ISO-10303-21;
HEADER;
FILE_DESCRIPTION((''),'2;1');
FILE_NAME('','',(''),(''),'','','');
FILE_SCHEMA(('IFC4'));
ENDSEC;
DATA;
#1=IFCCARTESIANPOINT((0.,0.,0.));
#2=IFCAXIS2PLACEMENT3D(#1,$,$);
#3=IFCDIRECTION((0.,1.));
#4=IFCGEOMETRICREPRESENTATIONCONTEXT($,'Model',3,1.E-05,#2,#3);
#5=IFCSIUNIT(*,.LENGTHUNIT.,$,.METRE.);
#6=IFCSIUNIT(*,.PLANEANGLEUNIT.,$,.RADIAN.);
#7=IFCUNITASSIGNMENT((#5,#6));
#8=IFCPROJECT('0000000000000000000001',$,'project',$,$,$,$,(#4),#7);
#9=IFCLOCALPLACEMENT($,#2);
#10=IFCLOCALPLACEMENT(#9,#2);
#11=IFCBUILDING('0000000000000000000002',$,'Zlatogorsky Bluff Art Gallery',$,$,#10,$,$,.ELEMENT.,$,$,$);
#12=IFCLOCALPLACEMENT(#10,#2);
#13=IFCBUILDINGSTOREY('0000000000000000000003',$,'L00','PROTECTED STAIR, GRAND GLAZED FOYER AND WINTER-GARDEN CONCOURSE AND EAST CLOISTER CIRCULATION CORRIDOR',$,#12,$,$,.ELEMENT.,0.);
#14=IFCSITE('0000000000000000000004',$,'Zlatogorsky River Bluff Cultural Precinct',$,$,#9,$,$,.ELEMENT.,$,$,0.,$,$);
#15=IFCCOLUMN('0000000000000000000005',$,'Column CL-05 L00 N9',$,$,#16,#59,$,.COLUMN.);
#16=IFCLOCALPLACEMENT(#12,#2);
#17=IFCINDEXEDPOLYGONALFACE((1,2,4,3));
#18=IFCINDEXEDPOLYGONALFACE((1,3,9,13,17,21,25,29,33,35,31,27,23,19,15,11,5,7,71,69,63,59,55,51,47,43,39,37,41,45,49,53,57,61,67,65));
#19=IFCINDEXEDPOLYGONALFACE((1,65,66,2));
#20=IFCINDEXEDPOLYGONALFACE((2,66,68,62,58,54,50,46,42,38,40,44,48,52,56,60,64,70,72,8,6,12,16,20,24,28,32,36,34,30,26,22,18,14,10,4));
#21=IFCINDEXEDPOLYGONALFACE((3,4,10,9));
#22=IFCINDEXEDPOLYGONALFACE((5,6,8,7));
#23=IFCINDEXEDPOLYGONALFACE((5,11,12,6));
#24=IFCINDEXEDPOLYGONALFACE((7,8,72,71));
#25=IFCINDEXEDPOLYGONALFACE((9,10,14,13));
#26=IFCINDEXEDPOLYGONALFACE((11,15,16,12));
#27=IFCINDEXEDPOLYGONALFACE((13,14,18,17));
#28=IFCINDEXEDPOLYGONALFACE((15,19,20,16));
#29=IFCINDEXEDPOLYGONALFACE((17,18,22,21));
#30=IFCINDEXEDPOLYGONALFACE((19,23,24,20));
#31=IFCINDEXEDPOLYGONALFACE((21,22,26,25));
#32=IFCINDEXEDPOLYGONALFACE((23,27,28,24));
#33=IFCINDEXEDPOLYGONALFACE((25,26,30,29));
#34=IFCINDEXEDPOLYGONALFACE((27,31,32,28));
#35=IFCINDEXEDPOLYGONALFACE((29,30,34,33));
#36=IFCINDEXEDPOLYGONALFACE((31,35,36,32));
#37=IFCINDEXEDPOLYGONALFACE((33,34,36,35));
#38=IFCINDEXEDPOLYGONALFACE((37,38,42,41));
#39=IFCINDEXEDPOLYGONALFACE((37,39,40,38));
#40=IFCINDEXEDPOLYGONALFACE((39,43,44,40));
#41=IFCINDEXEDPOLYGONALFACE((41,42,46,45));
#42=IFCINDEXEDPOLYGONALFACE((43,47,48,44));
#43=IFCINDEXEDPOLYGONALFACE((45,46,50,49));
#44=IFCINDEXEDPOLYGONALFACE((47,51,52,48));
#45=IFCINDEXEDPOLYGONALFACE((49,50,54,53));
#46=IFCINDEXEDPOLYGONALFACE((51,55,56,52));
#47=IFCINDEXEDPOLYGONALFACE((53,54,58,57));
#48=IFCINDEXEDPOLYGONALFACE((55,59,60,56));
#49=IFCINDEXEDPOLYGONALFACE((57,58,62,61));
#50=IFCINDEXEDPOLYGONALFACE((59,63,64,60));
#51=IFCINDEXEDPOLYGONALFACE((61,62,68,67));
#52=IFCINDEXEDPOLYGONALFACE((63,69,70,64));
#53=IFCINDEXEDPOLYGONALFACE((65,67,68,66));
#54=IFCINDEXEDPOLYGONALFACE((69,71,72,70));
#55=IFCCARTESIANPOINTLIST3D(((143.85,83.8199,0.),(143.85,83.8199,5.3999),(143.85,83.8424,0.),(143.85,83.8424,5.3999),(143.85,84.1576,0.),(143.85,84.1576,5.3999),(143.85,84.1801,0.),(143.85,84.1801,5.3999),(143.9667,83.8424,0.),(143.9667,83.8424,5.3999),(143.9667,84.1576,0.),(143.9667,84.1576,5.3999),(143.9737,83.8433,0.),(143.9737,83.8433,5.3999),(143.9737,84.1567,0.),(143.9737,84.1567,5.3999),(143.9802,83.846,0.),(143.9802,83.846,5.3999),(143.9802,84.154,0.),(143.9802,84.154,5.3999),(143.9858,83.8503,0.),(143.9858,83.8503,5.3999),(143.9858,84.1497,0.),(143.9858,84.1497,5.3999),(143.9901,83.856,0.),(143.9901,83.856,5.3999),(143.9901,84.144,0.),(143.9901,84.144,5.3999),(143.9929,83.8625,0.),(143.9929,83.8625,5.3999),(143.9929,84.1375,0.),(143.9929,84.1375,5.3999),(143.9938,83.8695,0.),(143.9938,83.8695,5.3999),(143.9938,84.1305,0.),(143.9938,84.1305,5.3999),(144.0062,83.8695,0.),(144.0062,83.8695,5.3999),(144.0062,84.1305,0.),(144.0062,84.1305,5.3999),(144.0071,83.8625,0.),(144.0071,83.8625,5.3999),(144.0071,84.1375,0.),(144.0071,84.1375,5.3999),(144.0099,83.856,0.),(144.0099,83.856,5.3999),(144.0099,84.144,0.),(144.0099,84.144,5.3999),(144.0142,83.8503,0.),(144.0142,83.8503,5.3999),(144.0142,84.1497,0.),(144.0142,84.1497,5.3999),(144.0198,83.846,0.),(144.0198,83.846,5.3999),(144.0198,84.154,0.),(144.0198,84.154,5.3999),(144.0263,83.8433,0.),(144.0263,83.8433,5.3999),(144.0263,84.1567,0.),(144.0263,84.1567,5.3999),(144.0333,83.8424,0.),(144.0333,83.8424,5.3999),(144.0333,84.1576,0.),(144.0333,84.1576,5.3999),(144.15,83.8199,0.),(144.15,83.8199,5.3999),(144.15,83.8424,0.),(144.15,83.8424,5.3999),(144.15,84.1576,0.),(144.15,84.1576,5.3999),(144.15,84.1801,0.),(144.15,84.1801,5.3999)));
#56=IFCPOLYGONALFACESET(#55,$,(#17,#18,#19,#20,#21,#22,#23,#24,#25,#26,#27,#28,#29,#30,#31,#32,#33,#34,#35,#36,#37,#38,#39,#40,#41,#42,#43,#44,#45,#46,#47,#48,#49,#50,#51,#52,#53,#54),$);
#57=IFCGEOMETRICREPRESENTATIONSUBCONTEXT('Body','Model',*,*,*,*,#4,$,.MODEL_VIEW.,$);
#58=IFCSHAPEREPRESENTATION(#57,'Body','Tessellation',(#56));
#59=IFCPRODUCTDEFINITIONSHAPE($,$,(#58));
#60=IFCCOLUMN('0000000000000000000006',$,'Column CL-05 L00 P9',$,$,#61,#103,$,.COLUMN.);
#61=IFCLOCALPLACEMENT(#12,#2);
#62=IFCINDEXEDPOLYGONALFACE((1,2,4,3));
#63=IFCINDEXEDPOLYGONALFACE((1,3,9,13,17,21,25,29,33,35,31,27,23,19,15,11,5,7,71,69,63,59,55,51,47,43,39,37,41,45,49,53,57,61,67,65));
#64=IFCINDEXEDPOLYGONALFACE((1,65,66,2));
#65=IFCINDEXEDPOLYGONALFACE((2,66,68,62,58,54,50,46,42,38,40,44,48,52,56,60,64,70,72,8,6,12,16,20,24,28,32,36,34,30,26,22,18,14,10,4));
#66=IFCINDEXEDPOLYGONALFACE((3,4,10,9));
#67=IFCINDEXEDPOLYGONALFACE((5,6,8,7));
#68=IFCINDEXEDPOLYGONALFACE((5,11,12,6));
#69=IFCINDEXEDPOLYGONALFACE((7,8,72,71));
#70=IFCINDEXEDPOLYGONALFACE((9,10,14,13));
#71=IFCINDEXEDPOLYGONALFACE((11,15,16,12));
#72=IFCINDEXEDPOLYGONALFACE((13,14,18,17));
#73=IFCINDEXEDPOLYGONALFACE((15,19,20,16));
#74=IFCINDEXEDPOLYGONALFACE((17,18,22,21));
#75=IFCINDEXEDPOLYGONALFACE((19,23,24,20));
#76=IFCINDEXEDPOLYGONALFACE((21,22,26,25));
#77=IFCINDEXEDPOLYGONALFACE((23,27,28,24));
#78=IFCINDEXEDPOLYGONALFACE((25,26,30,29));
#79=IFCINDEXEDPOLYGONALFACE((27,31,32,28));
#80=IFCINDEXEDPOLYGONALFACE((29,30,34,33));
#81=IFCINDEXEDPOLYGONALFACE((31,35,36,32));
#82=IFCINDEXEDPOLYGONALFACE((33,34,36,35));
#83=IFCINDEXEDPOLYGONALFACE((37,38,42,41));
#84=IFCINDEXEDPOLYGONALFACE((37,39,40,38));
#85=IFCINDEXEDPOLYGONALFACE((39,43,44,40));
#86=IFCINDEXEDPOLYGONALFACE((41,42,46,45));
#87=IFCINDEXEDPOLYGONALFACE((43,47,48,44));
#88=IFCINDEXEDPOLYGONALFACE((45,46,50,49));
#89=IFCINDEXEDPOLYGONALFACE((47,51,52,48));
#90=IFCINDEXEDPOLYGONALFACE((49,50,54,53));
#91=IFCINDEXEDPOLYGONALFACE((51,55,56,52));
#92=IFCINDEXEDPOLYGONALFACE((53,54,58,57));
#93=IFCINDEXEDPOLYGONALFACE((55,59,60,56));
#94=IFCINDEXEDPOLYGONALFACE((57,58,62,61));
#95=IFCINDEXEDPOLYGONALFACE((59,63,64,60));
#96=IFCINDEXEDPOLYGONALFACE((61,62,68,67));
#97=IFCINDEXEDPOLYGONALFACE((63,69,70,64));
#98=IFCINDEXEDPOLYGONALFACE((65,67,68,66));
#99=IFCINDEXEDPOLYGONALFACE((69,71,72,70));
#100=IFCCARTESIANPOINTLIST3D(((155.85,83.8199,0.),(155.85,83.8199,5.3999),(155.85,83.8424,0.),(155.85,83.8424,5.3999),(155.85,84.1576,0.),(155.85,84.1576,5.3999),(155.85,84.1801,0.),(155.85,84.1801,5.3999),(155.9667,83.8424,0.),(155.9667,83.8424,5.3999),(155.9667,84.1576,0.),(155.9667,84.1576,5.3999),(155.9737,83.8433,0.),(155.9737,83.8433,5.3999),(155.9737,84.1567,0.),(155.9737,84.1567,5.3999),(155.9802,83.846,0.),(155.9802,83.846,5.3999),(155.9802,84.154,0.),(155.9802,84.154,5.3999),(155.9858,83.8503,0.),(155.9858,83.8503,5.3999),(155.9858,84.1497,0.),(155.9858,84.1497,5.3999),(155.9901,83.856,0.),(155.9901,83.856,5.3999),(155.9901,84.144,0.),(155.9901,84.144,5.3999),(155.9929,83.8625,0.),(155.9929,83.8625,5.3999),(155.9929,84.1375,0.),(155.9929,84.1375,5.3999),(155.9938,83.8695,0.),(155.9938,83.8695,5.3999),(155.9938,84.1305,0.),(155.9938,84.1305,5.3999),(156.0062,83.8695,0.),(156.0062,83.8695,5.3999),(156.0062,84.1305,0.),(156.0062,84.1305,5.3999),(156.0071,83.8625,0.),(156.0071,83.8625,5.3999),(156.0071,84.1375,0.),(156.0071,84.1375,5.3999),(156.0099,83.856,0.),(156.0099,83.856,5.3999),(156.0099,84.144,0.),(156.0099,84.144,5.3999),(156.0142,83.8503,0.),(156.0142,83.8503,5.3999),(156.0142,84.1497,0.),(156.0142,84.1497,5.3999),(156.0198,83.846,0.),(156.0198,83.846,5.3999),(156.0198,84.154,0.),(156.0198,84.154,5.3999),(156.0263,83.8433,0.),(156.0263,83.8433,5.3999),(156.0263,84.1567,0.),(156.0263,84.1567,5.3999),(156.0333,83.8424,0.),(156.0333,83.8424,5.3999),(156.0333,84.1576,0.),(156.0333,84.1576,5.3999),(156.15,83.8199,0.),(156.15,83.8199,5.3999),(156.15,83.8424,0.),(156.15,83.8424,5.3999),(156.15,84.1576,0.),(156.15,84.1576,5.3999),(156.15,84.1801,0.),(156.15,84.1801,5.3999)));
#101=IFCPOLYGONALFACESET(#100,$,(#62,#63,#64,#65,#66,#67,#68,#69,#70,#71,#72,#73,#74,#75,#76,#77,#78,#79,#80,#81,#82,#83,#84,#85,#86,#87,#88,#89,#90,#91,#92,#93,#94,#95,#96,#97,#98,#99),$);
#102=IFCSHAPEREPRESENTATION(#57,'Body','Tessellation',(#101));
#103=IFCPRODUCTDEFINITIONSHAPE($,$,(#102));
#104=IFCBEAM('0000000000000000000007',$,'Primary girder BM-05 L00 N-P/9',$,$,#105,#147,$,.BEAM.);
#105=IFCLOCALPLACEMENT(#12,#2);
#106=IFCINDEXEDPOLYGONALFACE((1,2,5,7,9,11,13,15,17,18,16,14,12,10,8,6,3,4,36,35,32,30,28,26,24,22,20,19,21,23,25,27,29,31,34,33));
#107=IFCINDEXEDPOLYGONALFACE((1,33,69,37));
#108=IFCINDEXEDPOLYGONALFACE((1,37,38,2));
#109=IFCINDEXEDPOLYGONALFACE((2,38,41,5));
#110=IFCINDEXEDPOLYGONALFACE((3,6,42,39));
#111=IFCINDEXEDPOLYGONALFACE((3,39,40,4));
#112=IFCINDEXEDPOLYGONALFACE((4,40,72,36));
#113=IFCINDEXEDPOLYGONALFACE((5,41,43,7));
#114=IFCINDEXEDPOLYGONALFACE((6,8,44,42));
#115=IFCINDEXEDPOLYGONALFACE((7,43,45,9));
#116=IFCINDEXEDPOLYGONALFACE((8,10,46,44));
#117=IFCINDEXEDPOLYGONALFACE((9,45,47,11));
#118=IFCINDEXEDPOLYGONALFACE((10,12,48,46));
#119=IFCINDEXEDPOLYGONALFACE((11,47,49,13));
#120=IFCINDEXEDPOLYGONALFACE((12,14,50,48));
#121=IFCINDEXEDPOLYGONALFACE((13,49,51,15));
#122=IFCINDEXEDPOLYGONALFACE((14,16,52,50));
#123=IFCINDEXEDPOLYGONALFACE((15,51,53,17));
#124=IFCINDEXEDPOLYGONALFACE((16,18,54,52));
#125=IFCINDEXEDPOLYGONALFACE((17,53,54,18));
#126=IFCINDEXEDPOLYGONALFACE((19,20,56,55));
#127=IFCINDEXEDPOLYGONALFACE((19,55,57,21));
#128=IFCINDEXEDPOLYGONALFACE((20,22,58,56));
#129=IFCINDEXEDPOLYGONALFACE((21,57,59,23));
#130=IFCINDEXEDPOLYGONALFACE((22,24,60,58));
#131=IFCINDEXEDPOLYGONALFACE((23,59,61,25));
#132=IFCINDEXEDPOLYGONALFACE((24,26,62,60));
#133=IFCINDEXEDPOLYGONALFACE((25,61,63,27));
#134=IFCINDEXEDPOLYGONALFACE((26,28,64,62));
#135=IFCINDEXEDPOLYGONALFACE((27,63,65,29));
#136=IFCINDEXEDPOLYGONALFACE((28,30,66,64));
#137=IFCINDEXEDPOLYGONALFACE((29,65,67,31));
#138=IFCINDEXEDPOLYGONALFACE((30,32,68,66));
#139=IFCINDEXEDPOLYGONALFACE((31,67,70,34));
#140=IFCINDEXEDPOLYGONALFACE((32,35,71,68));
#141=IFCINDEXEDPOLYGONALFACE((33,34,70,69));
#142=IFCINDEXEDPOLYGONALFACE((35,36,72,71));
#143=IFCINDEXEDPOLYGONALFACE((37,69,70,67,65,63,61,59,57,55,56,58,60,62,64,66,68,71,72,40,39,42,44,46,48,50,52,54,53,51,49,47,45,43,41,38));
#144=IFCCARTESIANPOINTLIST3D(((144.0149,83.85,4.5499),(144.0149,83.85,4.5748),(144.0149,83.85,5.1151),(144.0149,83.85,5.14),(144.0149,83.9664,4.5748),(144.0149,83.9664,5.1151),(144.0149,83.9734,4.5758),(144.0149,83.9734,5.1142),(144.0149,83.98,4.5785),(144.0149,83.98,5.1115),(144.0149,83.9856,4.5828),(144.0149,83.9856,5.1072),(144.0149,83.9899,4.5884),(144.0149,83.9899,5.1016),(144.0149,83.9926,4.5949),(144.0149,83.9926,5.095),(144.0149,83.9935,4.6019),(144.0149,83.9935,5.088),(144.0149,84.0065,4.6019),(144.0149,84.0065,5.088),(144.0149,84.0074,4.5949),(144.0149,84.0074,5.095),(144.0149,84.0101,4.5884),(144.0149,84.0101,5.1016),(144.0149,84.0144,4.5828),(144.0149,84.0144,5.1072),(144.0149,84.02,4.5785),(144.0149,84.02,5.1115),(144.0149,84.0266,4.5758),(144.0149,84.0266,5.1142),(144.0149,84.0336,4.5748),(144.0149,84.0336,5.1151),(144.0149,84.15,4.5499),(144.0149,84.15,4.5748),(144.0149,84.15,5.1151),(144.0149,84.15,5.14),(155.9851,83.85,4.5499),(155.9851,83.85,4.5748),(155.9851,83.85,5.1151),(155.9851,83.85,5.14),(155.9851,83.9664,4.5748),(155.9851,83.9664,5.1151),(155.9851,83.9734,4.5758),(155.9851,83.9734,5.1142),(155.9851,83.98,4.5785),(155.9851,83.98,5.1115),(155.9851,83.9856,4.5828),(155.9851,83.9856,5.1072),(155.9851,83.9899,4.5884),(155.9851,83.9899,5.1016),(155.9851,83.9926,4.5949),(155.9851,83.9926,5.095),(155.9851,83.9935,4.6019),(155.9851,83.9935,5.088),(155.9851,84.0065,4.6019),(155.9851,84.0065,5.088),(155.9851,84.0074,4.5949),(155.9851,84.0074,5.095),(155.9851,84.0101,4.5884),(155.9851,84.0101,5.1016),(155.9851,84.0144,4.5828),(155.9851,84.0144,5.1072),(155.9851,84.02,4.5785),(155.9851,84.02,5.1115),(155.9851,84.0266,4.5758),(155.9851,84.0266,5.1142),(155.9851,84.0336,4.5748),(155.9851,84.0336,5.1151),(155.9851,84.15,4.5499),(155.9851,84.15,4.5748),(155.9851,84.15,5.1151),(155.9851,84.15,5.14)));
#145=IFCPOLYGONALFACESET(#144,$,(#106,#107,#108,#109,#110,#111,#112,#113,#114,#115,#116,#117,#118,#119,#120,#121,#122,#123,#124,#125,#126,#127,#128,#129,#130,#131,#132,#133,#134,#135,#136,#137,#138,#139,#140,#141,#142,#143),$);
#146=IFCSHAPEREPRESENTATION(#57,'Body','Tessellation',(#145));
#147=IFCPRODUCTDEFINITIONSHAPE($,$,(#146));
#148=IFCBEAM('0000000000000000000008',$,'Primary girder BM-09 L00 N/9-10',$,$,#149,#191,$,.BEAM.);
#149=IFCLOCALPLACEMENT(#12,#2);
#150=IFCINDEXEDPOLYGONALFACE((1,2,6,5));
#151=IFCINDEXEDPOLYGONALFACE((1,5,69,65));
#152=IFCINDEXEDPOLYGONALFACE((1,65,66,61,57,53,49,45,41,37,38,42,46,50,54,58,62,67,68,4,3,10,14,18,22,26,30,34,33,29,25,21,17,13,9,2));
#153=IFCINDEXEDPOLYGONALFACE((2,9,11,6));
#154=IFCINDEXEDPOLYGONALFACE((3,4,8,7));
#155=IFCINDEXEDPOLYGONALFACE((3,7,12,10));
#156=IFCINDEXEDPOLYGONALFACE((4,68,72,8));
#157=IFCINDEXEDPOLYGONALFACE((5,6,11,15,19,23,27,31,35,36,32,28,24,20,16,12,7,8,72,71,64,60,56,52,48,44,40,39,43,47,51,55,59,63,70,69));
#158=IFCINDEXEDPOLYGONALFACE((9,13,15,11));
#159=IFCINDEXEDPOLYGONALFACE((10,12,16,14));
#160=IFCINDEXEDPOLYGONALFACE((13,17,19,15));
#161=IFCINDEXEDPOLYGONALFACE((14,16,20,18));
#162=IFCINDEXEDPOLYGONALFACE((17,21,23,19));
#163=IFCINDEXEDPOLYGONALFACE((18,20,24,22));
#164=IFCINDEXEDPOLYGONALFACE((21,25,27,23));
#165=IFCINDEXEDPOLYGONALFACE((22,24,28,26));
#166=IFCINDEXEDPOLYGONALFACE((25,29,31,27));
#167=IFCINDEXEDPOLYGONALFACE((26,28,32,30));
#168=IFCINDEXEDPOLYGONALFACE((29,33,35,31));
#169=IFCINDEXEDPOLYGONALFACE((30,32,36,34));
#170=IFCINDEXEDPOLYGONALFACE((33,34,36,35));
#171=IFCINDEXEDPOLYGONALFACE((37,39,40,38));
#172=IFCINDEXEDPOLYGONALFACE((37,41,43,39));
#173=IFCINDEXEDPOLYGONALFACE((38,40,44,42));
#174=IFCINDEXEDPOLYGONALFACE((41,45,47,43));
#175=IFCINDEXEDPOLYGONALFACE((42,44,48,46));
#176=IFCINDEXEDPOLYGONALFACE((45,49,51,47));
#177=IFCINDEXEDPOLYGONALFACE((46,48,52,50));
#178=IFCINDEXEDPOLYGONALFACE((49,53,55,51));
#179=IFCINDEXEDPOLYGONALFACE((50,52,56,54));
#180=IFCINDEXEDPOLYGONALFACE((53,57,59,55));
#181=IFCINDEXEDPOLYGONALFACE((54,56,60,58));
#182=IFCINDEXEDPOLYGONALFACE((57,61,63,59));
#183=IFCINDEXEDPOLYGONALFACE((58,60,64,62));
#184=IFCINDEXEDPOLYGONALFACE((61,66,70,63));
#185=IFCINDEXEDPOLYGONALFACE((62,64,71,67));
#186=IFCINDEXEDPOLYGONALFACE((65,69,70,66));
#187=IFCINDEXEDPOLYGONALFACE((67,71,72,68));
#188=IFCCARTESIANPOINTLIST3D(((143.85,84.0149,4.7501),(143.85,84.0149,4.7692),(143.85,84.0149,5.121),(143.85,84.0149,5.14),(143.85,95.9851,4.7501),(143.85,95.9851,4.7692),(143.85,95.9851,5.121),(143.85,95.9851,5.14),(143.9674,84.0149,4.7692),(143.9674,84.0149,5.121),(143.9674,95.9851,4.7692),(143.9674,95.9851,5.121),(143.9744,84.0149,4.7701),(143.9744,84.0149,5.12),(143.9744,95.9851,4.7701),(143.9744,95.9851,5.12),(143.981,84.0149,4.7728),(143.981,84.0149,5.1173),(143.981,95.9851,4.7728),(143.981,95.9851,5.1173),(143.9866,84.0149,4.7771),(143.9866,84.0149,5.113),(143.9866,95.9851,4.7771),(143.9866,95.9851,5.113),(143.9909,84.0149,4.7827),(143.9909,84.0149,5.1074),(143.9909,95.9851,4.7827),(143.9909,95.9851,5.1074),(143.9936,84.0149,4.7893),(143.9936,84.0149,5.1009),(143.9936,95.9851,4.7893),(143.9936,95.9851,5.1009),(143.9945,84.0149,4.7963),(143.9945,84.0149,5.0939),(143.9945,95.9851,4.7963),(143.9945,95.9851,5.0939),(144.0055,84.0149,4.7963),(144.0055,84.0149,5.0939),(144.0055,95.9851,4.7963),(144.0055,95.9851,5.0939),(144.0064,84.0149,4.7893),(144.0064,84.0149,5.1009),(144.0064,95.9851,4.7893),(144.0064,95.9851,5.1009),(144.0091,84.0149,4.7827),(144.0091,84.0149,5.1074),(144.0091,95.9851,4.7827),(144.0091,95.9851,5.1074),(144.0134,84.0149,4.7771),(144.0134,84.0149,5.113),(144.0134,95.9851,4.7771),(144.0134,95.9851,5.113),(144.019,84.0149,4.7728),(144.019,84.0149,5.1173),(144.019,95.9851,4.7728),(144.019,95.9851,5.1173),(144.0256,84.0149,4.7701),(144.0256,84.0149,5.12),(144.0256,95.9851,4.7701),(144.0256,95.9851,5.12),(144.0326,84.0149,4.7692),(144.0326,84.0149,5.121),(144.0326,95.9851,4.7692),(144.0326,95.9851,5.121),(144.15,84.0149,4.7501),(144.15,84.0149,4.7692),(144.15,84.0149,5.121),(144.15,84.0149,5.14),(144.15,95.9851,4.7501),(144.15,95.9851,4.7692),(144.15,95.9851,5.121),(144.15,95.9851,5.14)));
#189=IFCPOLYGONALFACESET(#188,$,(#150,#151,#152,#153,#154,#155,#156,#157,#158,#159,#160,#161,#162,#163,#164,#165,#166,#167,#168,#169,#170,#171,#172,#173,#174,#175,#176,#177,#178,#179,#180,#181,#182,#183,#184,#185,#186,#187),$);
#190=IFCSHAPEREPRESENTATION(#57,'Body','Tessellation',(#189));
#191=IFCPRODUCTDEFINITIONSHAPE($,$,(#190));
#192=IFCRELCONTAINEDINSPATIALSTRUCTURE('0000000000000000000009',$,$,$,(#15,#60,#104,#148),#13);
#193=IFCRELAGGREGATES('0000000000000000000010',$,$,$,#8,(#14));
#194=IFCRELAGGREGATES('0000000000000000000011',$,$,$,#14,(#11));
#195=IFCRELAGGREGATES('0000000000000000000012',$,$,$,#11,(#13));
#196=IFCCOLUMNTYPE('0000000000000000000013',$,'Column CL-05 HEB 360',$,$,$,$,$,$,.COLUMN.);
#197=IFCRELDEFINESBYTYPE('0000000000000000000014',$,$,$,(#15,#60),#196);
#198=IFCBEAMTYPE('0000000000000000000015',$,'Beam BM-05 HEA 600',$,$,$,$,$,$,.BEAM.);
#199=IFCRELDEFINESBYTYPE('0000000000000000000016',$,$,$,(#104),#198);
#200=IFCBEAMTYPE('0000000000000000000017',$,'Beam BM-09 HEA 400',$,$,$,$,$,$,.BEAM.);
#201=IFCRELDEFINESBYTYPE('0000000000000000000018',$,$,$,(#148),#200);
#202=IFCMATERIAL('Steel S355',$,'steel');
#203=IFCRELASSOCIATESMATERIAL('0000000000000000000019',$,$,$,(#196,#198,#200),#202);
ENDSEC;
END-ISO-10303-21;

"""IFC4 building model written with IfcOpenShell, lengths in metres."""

from ifc_helpers import new_model, si_unit, direction, frame, origin, origin_2d, place, context, subcontext, project, spatial, i_section, extrude, material, material_profile, profile_set, type_object, element, save


model = new_model("IFC4")

# Units and contexts
model_context = context("Model", 3, precision=1e-05, world=origin(), true_north=direction((0.0, 1.0)))
body_context = subcontext(model_context, "Body", "Model", "MODEL_VIEW")
ifc_project = project(units=[si_unit("LENGTHUNIT", "METRE"), si_unit("PLANEANGLEUNIT", "RADIAN")], contexts=[model_context])

# Site, building, storey
site_placement = place(None, origin())
site = spatial("IfcSite", under=ifc_project, at=site_placement, Name="Zlatogorsky River Bluff Cultural Precinct", CompositionType="ELEMENT", RefElevation=0.0)
building_placement = place(site_placement, origin())
building = spatial("IfcBuilding", under=site, at=building_placement, Name="Zlatogorsky Bluff Art Gallery", CompositionType="ELEMENT")
storey_placement = place(building_placement, origin())
storey = spatial("IfcBuildingStorey", under=building, at=storey_placement, Name="L00", Description="PROTECTED STAIR, GRAND GLAZED FOYER AND WINTER-GARDEN CONCOURSE AND EAST CLOISTER CIRCULATION CORRIDOR", CompositionType="ELEMENT", Elevation=0.0)

# Columns
ifc_material_1 = material(Name="Steel S355", Category="steel")
ifc_material_profile_1 = material_profile(ifc_material_1, i_section(OverallWidth=0.3, OverallDepth=0.3601, WebThickness=0.0125, FlangeThickness=0.0225, FilletRadius=0.0271, at=origin_2d()), Name="HEB 360")
ifc_profile_set_1 = profile_set([ifc_material_profile_1], Name="Steel S355")
column_type = type_object("IfcColumnType", Name="Column CL-05 HEB 360", PredefinedType="COLUMN", material=ifc_profile_set_1)
for number, where, z_axis, x_axis, name in (
    (1, (144.0, 84.0, 0.0), (0.0, 0.0, 1.0), (1.0, 0.0, 0.0), "Column CL-05 L00 N9"),
    (2, (156.0, 84.0, 0.0), (0.0, 0.0, 1.0), (1.0, 0.0, 0.0), "Column CL-05 L00 P9"),
):
    element("IfcColumn", number, at=place(storey_placement, frame(where, z_axis=z_axis, x_axis=x_axis)), inside=storey, type_object=column_type, Name=name, PredefinedType="COLUMN", context=body_context, shape_type="SweptSolid", body=[
        extrude(i_section(OverallWidth=0.3, OverallDepth=0.3601, WebThickness=0.0125, FlangeThickness=0.0225, FilletRadius=0.0271, at=origin_2d()), origin(), (0.0, 0.0, 1.0), 5.3999),
    ])

# Beams
ifc_material_profile_2 = material_profile(ifc_material_1, i_section(OverallWidth=0.3, OverallDepth=0.5901, WebThickness=0.0129, FlangeThickness=0.0249, FilletRadius=0.0271, at=origin_2d()), Name="HEA 600")
ifc_profile_set_2 = profile_set([ifc_material_profile_2], Name="Steel S355")
beam_type_1 = type_object("IfcBeamType", Name="Beam BM-05 HEA 600", PredefinedType="BEAM", material=ifc_profile_set_2)
beam_placement = place(storey_placement, frame((144.0149, 84.0, 4.845), z_axis=(1.0, 0.0, 0.0), x_axis=(0.0, 1.0, 0.0)))
element("IfcBeam", 3, at=beam_placement, inside=storey, type_object=beam_type_1, Name="Primary girder BM-05 L00 N-P/9", PredefinedType="BEAM", context=body_context, shape_type="SweptSolid", body=[
    extrude(i_section(OverallWidth=0.3, OverallDepth=0.5901, WebThickness=0.0129, FlangeThickness=0.0249, FilletRadius=0.0271, at=origin_2d()), origin(), (0.0, 0.0, 1.0), 11.9702),
])
ifc_material_profile_3 = material_profile(ifc_material_1, i_section(OverallWidth=0.3, OverallDepth=0.3899, WebThickness=0.011, FlangeThickness=0.019, FilletRadius=0.0271, at=origin_2d()), Name="HEA 400")
ifc_profile_set_3 = profile_set([ifc_material_profile_3], Name="Steel S355")
beam_type_2 = type_object("IfcBeamType", Name="Beam BM-09 HEA 400", PredefinedType="BEAM", material=ifc_profile_set_3)
for number, where, z_axis, x_axis, name in (
    (4, (144.0, 84.0149, 4.9451), (0.0, 1.0, 0.0), (-1.0, 0.0, 0.0), "Primary girder BM-09 L00 N/9-10"),
):
    element("IfcBeam", number, at=place(storey_placement, frame(where, z_axis=z_axis, x_axis=x_axis)), inside=storey, type_object=beam_type_2, Name=name, PredefinedType="BEAM", context=body_context, shape_type="SweptSolid", body=[
        extrude(i_section(OverallWidth=0.3, OverallDepth=0.3899, WebThickness=0.011, FlangeThickness=0.019, FilletRadius=0.0271, at=origin_2d()), origin(), (0.0, 0.0, 1.0), 11.9702),
    ])

save(model, "model.ifc")
